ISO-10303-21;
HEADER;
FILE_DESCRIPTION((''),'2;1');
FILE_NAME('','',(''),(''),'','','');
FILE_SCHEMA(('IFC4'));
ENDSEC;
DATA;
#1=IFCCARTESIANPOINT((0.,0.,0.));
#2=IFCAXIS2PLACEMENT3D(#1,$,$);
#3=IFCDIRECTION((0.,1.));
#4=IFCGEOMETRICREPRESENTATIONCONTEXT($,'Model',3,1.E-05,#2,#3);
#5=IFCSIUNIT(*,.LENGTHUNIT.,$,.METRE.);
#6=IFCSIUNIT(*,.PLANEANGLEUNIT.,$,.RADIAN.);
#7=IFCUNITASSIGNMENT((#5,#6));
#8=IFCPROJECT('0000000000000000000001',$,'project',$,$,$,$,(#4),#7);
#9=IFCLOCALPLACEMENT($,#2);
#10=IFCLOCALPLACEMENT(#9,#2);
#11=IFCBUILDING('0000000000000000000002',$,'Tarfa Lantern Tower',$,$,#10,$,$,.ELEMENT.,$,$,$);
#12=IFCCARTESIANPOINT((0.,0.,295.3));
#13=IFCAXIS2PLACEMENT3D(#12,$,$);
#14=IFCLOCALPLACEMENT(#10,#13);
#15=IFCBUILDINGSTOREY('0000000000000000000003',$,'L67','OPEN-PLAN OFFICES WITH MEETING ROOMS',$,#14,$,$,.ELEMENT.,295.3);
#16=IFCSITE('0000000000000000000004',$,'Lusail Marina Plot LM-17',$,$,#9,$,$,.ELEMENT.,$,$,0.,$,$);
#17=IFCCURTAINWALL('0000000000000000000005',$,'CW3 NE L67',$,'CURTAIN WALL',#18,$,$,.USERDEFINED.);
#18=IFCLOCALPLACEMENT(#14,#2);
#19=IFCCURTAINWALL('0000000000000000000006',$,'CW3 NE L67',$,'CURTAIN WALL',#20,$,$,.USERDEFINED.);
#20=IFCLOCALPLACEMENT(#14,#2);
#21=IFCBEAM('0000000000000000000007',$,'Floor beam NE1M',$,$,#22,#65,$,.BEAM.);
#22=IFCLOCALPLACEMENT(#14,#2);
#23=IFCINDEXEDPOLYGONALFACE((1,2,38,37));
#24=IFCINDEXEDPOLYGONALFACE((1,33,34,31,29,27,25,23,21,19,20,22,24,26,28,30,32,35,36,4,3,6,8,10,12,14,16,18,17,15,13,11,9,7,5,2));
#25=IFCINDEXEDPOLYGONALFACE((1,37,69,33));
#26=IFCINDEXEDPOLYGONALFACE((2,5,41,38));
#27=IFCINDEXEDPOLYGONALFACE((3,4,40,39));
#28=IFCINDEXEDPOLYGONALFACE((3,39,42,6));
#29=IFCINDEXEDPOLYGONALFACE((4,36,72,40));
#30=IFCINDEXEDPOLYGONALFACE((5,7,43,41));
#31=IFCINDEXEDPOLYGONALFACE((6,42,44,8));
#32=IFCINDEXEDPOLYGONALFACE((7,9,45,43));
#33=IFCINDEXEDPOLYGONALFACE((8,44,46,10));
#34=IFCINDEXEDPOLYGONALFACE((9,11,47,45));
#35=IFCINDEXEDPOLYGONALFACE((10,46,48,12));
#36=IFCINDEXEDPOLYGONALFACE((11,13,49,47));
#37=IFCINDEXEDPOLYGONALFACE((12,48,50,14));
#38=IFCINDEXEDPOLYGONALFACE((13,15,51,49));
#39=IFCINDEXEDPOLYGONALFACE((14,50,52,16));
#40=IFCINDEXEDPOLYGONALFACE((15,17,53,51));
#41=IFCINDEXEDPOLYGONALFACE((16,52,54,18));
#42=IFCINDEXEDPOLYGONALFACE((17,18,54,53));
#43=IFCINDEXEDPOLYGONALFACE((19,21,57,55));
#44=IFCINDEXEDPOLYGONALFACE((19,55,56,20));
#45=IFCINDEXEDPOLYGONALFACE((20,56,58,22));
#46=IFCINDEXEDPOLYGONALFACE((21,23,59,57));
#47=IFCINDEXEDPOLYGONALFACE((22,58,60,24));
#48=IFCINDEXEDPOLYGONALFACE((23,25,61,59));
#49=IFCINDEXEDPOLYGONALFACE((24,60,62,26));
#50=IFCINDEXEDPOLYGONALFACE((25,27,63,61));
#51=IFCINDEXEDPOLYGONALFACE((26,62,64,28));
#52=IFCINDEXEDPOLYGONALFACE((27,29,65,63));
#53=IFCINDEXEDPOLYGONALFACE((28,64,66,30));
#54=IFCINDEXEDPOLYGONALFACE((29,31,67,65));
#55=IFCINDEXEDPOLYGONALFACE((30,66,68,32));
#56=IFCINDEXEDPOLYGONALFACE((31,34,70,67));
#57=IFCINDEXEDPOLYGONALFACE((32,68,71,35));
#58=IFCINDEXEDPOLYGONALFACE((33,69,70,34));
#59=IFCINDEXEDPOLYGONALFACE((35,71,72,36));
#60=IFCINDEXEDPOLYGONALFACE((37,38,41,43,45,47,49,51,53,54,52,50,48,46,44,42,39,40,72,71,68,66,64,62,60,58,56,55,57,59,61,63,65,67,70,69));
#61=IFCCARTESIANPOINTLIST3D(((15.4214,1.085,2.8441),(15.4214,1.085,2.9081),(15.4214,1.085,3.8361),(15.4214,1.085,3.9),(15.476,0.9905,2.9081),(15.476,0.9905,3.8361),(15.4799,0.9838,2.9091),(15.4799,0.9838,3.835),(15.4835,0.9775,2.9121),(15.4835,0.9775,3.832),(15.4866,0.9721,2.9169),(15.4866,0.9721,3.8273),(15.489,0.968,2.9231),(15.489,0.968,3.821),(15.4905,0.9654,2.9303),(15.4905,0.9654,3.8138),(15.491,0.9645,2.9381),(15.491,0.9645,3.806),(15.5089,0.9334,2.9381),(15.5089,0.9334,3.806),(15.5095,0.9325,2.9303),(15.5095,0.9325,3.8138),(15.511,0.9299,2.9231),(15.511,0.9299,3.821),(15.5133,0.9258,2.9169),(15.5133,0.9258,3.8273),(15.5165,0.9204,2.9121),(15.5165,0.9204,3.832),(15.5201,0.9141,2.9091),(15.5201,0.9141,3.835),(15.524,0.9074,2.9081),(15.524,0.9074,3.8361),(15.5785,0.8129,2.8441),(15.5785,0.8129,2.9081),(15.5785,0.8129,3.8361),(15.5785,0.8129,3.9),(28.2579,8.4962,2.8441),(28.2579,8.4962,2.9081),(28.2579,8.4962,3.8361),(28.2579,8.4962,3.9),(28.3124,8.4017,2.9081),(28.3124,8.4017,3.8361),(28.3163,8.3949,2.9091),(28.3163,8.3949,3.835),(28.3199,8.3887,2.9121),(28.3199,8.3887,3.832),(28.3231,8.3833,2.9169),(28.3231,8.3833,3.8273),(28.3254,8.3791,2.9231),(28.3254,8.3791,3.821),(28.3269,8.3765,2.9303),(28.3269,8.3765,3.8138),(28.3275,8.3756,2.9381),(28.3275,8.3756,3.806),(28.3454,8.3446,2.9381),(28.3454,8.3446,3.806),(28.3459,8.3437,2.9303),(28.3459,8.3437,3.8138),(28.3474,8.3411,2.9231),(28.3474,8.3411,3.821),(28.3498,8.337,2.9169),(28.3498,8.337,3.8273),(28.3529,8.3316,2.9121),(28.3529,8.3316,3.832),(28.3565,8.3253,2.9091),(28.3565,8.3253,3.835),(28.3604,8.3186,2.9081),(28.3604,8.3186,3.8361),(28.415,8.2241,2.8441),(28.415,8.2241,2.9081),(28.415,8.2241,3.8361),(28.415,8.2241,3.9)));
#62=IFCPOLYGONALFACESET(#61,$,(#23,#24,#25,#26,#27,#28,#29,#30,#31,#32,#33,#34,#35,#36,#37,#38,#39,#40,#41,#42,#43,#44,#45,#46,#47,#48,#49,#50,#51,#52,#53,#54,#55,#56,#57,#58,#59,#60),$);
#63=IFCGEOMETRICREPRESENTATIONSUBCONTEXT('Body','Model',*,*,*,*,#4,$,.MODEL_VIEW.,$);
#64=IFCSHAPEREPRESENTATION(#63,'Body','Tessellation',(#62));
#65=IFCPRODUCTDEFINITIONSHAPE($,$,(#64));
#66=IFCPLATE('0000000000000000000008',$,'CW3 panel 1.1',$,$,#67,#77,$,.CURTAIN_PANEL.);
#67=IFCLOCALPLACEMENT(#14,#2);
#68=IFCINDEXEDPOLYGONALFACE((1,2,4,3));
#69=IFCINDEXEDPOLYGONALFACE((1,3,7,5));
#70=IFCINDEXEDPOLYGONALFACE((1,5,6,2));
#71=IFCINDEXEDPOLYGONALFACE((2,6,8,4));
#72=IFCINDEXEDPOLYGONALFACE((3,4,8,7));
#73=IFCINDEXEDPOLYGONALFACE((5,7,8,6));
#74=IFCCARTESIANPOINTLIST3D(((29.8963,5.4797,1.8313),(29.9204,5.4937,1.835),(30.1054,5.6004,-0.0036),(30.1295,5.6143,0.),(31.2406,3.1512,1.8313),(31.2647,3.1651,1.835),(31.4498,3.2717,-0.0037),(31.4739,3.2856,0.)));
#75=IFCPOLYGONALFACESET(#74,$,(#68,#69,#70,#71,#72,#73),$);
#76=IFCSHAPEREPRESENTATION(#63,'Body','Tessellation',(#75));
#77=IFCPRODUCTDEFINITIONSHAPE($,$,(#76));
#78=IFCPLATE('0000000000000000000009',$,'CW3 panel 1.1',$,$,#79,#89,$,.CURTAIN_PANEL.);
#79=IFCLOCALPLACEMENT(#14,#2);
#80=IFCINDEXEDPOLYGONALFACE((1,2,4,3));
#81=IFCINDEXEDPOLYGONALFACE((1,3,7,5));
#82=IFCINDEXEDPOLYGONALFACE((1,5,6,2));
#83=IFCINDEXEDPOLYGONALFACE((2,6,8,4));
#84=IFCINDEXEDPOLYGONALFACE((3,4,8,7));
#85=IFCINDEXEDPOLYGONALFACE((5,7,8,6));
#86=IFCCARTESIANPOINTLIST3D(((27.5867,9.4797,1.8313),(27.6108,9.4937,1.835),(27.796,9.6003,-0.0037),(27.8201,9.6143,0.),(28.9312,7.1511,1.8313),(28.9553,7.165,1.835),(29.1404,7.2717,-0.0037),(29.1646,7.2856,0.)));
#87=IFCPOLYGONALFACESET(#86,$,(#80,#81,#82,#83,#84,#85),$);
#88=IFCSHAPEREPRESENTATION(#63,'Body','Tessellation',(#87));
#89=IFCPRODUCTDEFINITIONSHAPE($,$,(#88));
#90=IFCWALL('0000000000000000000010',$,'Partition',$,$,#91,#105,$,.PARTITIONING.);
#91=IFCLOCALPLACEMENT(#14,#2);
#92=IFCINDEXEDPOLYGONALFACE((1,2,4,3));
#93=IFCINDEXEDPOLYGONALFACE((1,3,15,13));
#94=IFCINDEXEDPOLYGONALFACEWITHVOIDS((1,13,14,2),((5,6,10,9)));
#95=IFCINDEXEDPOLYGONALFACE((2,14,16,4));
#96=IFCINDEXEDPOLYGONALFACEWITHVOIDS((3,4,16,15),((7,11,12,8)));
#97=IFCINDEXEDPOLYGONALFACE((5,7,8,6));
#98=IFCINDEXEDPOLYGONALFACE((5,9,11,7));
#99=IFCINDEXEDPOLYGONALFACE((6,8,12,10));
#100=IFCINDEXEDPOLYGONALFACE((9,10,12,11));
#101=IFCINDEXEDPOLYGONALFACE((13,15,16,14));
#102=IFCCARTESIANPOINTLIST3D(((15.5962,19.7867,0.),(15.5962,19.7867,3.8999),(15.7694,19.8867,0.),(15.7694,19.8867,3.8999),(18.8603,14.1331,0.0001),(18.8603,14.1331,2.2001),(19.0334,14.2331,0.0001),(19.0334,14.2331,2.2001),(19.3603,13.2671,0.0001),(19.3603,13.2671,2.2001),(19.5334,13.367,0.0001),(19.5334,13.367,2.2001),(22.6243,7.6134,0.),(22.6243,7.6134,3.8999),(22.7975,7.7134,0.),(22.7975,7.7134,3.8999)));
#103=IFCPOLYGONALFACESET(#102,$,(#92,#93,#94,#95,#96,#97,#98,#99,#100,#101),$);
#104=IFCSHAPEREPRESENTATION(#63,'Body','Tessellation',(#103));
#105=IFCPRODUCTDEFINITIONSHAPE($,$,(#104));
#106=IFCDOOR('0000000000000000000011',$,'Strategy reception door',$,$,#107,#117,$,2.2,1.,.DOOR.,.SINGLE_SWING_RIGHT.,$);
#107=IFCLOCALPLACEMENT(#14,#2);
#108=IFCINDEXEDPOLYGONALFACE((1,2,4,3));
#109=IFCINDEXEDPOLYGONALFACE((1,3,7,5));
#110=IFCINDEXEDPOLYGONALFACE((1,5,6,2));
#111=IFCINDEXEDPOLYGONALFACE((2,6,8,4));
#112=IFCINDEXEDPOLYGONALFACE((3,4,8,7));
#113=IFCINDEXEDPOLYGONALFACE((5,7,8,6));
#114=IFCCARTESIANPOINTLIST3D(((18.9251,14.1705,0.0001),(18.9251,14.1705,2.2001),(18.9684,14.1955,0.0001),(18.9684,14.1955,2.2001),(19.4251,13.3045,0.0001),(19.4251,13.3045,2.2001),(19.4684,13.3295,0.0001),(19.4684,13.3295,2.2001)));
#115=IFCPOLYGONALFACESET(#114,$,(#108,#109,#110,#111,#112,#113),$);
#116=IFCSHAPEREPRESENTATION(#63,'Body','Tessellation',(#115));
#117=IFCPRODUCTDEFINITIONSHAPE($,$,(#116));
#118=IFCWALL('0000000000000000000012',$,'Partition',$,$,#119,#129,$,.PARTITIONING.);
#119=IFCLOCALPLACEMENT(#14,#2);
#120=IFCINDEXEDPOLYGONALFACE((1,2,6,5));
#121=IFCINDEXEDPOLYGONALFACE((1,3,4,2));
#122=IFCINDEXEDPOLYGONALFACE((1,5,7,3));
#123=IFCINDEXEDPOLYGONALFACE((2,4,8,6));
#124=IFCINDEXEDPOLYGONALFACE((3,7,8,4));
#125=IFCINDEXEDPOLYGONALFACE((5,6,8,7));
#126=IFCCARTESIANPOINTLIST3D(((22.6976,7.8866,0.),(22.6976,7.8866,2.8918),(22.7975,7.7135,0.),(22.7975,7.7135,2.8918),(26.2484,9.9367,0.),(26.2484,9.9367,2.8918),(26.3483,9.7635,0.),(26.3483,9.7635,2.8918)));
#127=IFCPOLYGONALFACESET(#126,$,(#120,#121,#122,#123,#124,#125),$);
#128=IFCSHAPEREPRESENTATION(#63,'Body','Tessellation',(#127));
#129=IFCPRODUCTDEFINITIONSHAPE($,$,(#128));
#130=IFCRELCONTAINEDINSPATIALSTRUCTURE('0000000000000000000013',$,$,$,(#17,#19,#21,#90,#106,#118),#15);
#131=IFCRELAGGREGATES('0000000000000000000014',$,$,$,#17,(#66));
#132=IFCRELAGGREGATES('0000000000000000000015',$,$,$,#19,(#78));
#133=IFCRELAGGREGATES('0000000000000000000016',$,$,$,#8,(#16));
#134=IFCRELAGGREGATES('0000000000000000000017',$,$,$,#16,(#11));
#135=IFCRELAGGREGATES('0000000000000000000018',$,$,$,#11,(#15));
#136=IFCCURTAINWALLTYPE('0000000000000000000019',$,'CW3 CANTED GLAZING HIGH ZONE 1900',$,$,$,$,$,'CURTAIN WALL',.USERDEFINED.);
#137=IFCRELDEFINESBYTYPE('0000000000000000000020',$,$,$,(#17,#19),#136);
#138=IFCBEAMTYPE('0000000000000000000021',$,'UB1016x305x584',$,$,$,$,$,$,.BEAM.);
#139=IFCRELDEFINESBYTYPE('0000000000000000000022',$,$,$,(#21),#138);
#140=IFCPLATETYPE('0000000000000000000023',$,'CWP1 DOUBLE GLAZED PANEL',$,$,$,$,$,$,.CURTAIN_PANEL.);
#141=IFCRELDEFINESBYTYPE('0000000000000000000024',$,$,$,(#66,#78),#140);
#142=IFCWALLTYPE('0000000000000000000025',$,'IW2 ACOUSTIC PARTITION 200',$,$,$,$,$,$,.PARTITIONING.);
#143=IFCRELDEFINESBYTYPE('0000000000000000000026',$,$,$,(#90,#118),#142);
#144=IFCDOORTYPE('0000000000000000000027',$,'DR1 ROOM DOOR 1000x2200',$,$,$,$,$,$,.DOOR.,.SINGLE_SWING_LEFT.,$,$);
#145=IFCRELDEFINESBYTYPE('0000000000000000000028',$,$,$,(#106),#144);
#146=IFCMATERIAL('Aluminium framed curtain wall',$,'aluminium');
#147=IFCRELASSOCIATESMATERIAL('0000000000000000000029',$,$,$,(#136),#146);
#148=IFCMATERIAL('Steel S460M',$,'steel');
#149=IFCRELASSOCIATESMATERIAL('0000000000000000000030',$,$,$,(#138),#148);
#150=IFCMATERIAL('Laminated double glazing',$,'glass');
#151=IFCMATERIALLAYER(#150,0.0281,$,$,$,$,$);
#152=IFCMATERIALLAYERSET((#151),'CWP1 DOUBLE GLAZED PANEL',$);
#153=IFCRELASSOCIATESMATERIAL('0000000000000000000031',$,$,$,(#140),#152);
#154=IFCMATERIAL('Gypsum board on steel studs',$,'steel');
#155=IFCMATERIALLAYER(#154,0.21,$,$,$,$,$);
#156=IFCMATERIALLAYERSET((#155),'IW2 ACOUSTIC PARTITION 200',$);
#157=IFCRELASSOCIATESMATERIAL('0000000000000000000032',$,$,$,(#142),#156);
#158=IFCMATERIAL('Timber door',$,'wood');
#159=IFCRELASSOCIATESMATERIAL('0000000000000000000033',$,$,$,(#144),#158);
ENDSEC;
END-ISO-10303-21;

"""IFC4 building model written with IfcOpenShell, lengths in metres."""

from ifc_helpers import new_model, si_unit, direction, frame, frame_2d, origin, origin_2d, place, context, subcontext, project, spatial, polyline, rectangle, i_section, outline, extrude, material, layer, layer_set, material_profile, profile_set, type_object, element, fill, aggregate, save


model = new_model("IFC4")

# Units and contexts
model_context = context("Model", 3, precision=1e-05, world=origin(), true_north=direction((0.0, 1.0)))
body_context = subcontext(model_context, "Body", "Model", "MODEL_VIEW")
ifc_project = project(units=[si_unit("LENGTHUNIT", "METRE"), si_unit("PLANEANGLEUNIT", "RADIAN")], contexts=[model_context])

# Site, building, storey
site_placement = place(None, origin())
site = spatial("IfcSite", under=ifc_project, at=site_placement, Name="Lusail Marina Plot LM-17", CompositionType="ELEMENT", RefElevation=0.0)
building_placement = place(site_placement, origin())
building = spatial("IfcBuilding", under=site, at=building_placement, Name="Tarfa Lantern Tower", CompositionType="ELEMENT")
storey_placement = place(building_placement, frame((0.0, 0.0, 295.3)))
storey = spatial("IfcBuildingStorey", under=building, at=storey_placement, Name="L67", Description="OPEN-PLAN OFFICES WITH MEETING ROOMS", CompositionType="ELEMENT", Elevation=295.3)

# Curtain walls
ifc_material_1 = material(Name="Aluminium framed curtain wall", Category="aluminium")
curtain_wall_type = type_object("IfcCurtainWallType", Name="CW3 CANTED GLAZING HIGH ZONE 1900", ElementType="CURTAIN WALL", PredefinedType="USERDEFINED", material=ifc_material_1)
curtain_wall_1_placement = place(storey_placement, origin())
curtain_wall_1 = element("IfcCurtainWall", 1, at=curtain_wall_1_placement, inside=storey, type_object=curtain_wall_type, Name="CW3 NE L67", ObjectType="CURTAIN WALL", PredefinedType="USERDEFINED")
curtain_wall_2_placement = place(storey_placement, origin())
curtain_wall_2 = element("IfcCurtainWall", 2, at=curtain_wall_2_placement, inside=storey, type_object=curtain_wall_type, Name="CW3 NE L67", ObjectType="CURTAIN WALL", PredefinedType="USERDEFINED")

# Beam
ifc_material_2 = material(Name="Steel S460M", Category="steel")
ifc_material_profile_1 = material_profile(ifc_material_2, i_section(OverallWidth=0.3142, OverallDepth=1.0559, WebThickness=0.0359, FlangeThickness=0.064, FilletRadius=0.03, at=origin_2d()), Name="UB1016x305x584")
ifc_profile_set_1 = profile_set([ifc_material_profile_1], Name="Steel S460M")
beam_type_1 = type_object("IfcBeamType", Name="UB1016x305x584", PredefinedType="BEAM", material=ifc_profile_set_1)
beam_1_placement = place(storey_placement, frame((28.3364, 8.3601, 3.3721), z_axis=(-0.866025, -0.500001, 0.0), x_axis=(0.500001, -0.866025, 0.0)))
element("IfcBeam", 3, at=beam_1_placement, inside=storey, type_object=beam_type_1, Name="Floor beam NE1M", PredefinedType="BEAM", context=body_context, shape_type="SweptSolid", body=[
    extrude(i_section(OverallWidth=0.3142, OverallDepth=1.0559, WebThickness=0.0359, FlangeThickness=0.064, FilletRadius=0.03, at=origin_2d()), origin(), (0.0, 0.0, 1.0), 14.8223),
])

# Plates
ifc_material_3 = material(Name="Laminated double glazing", Category="glass")
ifc_layer_1 = layer(ifc_material_3, 0.0281)
ifc_layer_set_1 = layer_set([ifc_layer_1], Name="CWP1 DOUBLE GLAZED PANEL")
plate_type = type_object("IfcPlateType", Name="CWP1 DOUBLE GLAZED PANEL", PredefinedType="CURTAIN_PANEL", material=ifc_layer_set_1)
plate_1_placement = place(storey_placement, frame((31.4739, 3.2856, 0.0), z_axis=(0.858638, 0.495711, 0.130429), x_axis=(-0.499982, 0.866036, 0.000005)))
plate_1 = element("IfcPlate", 4, at=plate_1_placement, type_object=plate_type, Name="CW3 panel 1.1", PredefinedType="CURTAIN_PANEL", context=body_context, shape_type="SweptSolid", body=[
    extrude(outline(polyline([(0.0, 0.0), (2.6889, 0.0), (2.6889, 1.8508), (0.0002, 1.8508), (0.0, 0.0)])), origin(), (0.0, 0.0, -1.0), 0.0281),
])
aggregate(curtain_wall_1, [plate_1])
plate_2_placement = place(storey_placement, frame((29.1646, 7.2856, 0.0), z_axis=(0.858612, 0.495741, 0.130485), x_axis=(-0.500016, 0.866016, 0.0)))
plate_2 = element("IfcPlate", 5, at=plate_2_placement, type_object=plate_type, Name="CW3 panel 1.1", PredefinedType="CURTAIN_PANEL", context=body_context, shape_type="SweptSolid", body=[
    extrude(outline(polyline([(0.0, 0.0), (2.6889, 0.0), (2.6891, 1.8508), (0.0002, 1.8508), (0.0, 0.0)])), origin(), (0.0, 0.0, -1.0), 0.0281),
])
aggregate(curtain_wall_2, [plate_2])

# Wall, opening, door
ifc_material_4 = material(Name="Gypsum board on steel studs", Category="steel")
ifc_layer_2 = layer(ifc_material_4, 0.21)
ifc_layer_set_2 = layer_set([ifc_layer_2], Name="IW2 ACOUSTIC PARTITION 200")
wall_type = type_object("IfcWallType", Name="IW2 ACOUSTIC PARTITION 200", PredefinedType="PARTITIONING", material=ifc_layer_set_2)
wall_1_placement = place(storey_placement, frame((22.7109, 7.6633, 0.0), z_axis=(0.0, 0.0, 1.0), x_axis=(-0.499989, 0.866032, 0.0)))
wall_1 = element("IfcWall", 6, at=wall_1_placement, inside=storey, type_object=wall_type, Name="Partition", PredefinedType="PARTITIONING", context=body_context, shape_type="SweptSolid", body=[
    extrude(rectangle(XDim=14.0564, YDim=0.2, at=frame_2d((7.0283, 0.0))), origin(), (0.0, 0.0, 1.0), 3.8999),
])
opening_placement = place(wall_1_placement, frame((6.5283, 0.0, 0.0)))
opening = element("IfcOpeningElement", 7, at=opening_placement, cuts=wall_1, PredefinedType="OPENING", context=body_context, shape_type="SweptSolid", body=[
    extrude(rectangle(XDim=1.0, YDim=2.2, at=frame_2d((0.5, 1.1001))), frame((0.0, 0.1099, 0.0), z_axis=(0.0, -1.0, 0.0), x_axis=(1.0, 0.0, 0.0)), (0.0, 0.0, 1.0), 0.22),
])
ifc_material_5 = material(Name="Timber door", Category="wood")
door_type = type_object("IfcDoorType", Name="DR1 ROOM DOOR 1000x2200", OperationType="SINGLE_SWING_LEFT", PredefinedType="DOOR", material=ifc_material_5)
door_placement = place(opening_placement, frame((1.0, 0.0, 0.0), z_axis=(0.0, 0.0, 1.0), x_axis=(-1.0, 0.0, 0.0)))
door = element("IfcDoor", 8, at=door_placement, inside=storey, type_object=door_type, Name="Strategy reception door", OperationType="SINGLE_SWING_RIGHT", OverallHeight=2.2, OverallWidth=1.0, PredefinedType="DOOR", context=body_context, shape_type="SweptSolid", body=[
    extrude(rectangle(XDim=1.0, YDim=2.2, at=frame_2d((0.5, 1.1001))), frame((0.0, 0.0249, 0.0), z_axis=(0.0, -1.0, 0.0), x_axis=(1.0, 0.0, 0.0)), (0.0, 0.0, 1.0), 0.05),
])
fill(opening, door)

# Wall
wall_2_placement = place(storey_placement, frame((22.7476, 7.8, 0.0), z_axis=(0.0, 0.0, 1.0), x_axis=(0.866025, 0.500001, 0.0)))
element("IfcWall", 9, at=wall_2_placement, inside=storey, type_object=wall_type, Name="Partition", PredefinedType="PARTITIONING", context=body_context, shape_type="SweptSolid", body=[
    extrude(rectangle(XDim=4.1001, YDim=0.2, at=frame_2d((2.05, 0.0))), origin(), (0.0, 0.0, 1.0), 2.8918),
])

save(model, "model.ifc")
